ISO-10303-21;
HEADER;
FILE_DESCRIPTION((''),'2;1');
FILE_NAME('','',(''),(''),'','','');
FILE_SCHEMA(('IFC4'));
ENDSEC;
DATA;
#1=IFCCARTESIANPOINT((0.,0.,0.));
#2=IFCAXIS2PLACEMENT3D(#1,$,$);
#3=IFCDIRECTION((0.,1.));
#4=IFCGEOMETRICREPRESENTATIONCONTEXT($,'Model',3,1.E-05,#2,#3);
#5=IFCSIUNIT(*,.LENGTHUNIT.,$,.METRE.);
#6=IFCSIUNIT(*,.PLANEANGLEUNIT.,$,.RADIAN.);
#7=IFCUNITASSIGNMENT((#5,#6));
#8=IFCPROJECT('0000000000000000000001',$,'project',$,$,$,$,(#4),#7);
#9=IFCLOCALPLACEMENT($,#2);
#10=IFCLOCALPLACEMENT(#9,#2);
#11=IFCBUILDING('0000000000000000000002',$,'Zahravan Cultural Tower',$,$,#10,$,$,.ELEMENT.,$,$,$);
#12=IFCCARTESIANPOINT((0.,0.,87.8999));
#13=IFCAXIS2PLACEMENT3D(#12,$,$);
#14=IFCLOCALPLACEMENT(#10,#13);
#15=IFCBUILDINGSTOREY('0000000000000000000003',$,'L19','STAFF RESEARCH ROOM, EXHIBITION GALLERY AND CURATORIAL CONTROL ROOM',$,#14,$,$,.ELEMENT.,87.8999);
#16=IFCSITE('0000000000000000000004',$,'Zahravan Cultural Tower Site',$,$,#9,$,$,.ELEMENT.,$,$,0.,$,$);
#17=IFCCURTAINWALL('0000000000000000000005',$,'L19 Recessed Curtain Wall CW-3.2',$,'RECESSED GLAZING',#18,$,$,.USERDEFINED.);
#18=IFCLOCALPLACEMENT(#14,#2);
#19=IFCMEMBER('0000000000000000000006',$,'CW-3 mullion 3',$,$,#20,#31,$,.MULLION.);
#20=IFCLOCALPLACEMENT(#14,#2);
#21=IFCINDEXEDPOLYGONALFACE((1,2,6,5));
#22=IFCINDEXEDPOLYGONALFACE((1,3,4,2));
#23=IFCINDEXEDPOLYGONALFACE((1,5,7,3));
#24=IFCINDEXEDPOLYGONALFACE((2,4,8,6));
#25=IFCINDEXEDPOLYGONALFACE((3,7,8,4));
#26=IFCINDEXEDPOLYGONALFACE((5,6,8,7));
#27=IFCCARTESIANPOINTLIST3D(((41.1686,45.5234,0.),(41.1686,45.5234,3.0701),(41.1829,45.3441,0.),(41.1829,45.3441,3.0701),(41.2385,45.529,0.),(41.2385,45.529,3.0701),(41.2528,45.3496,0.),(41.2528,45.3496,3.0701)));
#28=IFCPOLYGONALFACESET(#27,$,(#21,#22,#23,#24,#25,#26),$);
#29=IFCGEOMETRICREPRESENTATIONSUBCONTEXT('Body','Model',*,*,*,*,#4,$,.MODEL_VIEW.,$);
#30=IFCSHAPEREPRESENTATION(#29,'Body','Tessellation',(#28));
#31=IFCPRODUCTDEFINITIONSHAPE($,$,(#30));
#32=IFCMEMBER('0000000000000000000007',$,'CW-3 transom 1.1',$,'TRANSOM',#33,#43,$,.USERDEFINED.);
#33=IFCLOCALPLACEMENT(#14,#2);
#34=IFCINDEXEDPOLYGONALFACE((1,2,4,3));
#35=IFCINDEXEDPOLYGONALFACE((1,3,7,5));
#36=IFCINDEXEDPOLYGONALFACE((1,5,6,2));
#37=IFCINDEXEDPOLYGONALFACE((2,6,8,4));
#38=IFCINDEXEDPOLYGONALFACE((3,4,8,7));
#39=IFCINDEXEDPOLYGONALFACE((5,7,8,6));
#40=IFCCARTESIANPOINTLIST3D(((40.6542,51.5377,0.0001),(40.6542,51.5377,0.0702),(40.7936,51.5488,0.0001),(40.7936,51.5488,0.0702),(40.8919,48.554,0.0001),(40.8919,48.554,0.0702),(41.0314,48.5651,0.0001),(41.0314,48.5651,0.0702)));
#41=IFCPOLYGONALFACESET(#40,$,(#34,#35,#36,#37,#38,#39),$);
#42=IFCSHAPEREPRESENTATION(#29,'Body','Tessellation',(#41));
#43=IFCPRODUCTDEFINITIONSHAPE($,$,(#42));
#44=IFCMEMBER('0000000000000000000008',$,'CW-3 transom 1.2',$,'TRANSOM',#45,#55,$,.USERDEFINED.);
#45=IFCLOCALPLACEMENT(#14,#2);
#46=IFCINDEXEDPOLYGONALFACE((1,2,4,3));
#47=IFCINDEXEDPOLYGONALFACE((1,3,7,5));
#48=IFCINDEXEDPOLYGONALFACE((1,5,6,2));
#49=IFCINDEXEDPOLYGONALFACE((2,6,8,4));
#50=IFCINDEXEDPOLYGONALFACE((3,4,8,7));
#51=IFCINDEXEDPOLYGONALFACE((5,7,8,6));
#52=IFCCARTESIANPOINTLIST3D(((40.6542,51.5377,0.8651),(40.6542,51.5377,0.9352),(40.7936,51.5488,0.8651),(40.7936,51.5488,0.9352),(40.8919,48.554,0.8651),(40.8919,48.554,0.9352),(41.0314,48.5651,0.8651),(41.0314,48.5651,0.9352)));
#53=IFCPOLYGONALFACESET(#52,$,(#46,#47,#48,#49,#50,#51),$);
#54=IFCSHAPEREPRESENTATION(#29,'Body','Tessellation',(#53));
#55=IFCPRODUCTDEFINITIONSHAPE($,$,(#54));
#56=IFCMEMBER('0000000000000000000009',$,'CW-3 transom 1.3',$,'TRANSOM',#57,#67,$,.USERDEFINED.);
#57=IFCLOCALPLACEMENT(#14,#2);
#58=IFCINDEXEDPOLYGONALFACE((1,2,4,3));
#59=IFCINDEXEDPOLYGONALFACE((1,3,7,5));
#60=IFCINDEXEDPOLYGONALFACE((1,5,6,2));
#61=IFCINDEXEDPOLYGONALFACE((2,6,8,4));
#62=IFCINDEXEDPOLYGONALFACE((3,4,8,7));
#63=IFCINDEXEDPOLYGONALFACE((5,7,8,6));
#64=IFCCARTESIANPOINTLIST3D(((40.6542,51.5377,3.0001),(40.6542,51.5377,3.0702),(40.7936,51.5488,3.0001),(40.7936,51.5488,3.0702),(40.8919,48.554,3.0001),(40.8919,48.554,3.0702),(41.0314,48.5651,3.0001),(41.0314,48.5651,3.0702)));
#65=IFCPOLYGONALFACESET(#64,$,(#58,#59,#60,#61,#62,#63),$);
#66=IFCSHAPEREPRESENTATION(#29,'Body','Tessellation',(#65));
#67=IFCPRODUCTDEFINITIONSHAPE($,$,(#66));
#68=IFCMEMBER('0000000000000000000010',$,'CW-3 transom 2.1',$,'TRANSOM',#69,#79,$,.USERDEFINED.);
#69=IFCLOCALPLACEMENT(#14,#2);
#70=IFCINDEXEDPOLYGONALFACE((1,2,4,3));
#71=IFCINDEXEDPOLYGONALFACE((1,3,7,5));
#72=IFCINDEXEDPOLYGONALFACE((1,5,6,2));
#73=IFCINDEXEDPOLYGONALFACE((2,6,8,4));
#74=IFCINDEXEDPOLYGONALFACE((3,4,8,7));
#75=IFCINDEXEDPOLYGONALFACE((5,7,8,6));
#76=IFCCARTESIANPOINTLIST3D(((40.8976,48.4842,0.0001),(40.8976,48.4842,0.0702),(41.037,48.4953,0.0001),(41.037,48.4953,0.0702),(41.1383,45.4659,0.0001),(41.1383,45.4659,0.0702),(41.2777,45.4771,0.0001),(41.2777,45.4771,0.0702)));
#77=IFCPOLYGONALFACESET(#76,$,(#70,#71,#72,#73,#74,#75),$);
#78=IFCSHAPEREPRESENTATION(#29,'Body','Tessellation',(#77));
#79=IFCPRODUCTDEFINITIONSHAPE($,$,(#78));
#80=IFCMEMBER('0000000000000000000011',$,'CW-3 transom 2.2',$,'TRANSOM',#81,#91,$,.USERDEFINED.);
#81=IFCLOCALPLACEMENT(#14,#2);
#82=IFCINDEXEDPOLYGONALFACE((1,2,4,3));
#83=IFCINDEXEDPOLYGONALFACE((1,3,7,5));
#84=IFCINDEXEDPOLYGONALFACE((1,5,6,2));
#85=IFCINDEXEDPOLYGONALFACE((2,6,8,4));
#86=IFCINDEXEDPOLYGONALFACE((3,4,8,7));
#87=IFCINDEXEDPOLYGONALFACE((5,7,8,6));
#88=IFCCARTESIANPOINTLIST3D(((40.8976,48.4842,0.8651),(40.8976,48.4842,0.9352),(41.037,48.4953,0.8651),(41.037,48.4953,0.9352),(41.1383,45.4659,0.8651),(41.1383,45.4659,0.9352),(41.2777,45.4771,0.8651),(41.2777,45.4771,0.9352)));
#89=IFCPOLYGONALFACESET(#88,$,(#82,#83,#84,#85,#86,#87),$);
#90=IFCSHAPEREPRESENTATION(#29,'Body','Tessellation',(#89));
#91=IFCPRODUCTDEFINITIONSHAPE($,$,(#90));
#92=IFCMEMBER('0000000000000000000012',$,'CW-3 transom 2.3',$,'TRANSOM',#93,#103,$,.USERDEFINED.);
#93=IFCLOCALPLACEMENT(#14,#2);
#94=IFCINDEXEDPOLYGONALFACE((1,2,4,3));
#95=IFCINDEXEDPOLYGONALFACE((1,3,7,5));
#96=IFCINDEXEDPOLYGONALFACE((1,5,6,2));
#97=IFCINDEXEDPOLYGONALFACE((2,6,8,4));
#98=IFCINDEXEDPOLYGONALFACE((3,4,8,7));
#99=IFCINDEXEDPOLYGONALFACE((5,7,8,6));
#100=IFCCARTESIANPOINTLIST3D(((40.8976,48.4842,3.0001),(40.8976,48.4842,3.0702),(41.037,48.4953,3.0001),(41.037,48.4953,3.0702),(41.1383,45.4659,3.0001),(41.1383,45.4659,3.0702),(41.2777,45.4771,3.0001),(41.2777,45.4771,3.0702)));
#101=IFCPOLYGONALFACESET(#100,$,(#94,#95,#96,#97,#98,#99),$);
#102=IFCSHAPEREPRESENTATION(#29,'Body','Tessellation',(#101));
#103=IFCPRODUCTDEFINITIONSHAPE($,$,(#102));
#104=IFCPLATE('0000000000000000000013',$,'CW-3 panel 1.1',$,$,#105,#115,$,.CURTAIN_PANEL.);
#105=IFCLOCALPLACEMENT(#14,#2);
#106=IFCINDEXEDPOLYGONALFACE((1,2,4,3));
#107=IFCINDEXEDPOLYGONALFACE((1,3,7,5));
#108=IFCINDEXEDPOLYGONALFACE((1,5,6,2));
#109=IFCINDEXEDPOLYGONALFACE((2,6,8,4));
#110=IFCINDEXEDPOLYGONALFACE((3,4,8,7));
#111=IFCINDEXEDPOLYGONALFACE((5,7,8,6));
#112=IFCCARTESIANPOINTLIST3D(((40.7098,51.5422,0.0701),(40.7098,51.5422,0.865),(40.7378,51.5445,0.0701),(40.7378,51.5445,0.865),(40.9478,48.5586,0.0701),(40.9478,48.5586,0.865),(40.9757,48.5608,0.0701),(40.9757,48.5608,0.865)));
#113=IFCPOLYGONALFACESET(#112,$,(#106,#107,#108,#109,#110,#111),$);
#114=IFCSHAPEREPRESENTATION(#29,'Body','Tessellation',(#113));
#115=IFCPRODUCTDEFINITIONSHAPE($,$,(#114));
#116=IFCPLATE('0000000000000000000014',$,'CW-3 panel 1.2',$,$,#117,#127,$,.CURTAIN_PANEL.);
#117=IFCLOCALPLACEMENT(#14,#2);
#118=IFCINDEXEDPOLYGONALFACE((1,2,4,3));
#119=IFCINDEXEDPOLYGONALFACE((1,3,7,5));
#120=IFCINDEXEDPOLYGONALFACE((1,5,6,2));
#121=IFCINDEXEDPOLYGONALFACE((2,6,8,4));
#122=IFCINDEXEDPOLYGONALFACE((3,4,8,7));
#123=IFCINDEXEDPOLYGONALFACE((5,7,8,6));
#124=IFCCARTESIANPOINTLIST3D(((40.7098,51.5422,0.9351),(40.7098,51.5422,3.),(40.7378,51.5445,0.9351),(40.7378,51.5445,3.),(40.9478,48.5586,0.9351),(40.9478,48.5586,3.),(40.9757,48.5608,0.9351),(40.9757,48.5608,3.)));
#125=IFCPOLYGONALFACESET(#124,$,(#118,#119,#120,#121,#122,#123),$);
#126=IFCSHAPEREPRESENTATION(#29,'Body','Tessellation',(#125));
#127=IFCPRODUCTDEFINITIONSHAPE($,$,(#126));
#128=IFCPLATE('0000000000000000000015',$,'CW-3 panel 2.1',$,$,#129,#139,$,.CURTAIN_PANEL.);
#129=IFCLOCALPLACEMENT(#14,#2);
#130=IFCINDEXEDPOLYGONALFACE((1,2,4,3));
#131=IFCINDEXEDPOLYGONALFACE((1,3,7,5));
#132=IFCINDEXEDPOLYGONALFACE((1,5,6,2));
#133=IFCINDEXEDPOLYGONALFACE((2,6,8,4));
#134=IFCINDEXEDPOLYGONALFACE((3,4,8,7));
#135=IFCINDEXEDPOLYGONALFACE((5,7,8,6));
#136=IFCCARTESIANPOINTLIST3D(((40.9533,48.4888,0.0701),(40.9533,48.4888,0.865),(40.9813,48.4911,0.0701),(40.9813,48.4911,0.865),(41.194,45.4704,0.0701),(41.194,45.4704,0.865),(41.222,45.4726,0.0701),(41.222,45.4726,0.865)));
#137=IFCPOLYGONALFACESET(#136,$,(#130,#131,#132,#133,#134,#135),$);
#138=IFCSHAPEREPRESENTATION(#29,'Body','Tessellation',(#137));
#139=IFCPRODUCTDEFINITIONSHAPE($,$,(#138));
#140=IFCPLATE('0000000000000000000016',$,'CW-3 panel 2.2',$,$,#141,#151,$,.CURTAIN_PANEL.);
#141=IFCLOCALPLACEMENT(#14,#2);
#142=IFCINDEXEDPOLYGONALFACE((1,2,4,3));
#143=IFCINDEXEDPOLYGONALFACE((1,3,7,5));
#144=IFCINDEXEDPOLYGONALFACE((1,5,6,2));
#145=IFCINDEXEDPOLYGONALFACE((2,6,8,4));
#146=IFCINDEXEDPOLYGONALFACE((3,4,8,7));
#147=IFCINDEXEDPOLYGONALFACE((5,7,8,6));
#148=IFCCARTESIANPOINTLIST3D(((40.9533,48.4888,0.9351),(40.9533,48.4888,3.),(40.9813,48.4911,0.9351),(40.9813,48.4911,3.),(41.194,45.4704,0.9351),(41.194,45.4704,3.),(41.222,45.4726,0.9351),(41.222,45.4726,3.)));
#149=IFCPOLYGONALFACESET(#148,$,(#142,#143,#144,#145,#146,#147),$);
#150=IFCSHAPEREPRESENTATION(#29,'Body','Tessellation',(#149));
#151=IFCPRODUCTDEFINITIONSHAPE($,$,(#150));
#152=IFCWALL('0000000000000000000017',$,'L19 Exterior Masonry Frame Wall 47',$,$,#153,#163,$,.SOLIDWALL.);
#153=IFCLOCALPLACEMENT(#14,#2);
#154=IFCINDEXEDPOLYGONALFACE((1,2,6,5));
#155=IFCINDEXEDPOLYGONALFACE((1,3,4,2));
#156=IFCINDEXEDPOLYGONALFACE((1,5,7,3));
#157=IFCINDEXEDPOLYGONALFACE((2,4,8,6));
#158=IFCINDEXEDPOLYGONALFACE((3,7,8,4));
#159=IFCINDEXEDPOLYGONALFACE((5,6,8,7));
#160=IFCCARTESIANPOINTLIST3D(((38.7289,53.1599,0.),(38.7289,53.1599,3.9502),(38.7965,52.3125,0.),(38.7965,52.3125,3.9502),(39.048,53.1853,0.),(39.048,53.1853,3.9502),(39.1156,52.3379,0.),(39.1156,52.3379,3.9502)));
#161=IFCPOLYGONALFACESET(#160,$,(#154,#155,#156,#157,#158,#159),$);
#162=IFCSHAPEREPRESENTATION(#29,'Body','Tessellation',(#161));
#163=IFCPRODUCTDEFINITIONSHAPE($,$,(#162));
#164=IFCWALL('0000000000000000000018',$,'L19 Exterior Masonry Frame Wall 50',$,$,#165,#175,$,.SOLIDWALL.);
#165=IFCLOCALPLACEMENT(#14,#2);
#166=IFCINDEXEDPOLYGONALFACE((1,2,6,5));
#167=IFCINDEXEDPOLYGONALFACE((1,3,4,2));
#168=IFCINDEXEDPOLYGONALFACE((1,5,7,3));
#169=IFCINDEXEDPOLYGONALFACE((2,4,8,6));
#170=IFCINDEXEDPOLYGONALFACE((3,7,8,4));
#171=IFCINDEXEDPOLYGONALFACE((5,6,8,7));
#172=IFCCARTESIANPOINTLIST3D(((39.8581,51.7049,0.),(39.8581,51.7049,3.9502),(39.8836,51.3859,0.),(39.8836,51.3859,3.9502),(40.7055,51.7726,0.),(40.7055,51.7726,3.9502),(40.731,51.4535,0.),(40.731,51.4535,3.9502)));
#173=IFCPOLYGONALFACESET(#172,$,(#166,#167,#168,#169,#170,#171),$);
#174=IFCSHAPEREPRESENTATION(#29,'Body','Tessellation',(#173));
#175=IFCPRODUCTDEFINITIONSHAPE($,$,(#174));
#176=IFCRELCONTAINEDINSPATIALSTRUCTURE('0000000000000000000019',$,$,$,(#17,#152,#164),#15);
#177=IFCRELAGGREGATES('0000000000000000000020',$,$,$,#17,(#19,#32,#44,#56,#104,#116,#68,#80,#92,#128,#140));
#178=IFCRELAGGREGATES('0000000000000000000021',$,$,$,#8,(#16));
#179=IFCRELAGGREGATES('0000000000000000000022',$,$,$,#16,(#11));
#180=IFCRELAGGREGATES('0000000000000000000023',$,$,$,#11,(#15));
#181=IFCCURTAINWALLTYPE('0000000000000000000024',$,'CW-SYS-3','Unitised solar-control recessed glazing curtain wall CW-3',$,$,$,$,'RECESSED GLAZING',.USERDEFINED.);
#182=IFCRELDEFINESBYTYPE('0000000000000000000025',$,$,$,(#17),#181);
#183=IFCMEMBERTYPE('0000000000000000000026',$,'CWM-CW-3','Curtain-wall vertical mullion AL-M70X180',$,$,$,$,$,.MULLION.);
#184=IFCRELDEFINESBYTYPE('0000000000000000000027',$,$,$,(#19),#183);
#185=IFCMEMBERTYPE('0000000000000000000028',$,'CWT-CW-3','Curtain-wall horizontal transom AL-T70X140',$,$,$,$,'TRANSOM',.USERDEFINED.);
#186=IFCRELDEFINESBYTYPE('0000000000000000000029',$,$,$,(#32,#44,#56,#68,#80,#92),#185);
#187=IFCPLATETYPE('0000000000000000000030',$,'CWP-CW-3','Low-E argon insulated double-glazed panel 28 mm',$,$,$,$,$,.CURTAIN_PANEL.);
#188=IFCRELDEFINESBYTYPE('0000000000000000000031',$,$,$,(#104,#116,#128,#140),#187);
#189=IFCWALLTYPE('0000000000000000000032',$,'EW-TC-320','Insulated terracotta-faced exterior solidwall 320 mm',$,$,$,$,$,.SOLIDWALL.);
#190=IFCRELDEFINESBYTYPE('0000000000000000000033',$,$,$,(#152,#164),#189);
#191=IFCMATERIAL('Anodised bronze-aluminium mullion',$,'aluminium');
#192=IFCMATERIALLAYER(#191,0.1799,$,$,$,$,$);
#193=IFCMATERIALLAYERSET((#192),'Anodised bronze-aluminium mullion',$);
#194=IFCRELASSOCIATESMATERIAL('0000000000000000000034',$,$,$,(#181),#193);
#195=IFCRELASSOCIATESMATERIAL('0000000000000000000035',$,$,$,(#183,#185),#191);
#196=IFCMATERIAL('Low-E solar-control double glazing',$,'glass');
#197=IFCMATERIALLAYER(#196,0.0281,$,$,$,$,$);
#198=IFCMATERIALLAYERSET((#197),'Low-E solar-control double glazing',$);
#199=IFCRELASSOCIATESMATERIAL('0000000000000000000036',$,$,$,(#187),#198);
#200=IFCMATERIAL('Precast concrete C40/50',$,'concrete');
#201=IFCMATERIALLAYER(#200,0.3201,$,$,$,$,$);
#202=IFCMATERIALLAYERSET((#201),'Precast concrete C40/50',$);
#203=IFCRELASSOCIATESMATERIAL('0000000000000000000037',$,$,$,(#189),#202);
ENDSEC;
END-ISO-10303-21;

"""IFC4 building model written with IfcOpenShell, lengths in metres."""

from ifc_helpers import new_model, si_unit, direction, frame, frame_2d, origin, origin_2d, place, context, subcontext, project, spatial, rectangle, extrude, source, transform, mapped, material, layer, layer_set, material_profile, profile_set, type_object, element, aggregate, save


model = new_model("IFC4")

# Units and contexts
model_context = context("Model", 3, precision=1e-05, world=origin(), true_north=direction((0.0, 1.0)))
body_context = subcontext(model_context, "Body", "Model", "MODEL_VIEW")
ifc_project = project(units=[si_unit("LENGTHUNIT", "METRE"), si_unit("PLANEANGLEUNIT", "RADIAN")], contexts=[model_context])

# Site, building, storey
site_placement = place(None, origin())
site = spatial("IfcSite", under=ifc_project, at=site_placement, Name="Zahravan Cultural Tower Site", CompositionType="ELEMENT", RefElevation=0.0)
building_placement = place(site_placement, origin())
building = spatial("IfcBuilding", under=site, at=building_placement, Name="Zahravan Cultural Tower", CompositionType="ELEMENT")
storey_placement = place(building_placement, frame((0.0, 0.0, 87.8999)))
storey = spatial("IfcBuildingStorey", under=building, at=storey_placement, Name="L19", Description="STAFF RESEARCH ROOM, EXHIBITION GALLERY AND CURATORIAL CONTROL ROOM", CompositionType="ELEMENT", Elevation=87.8999)

# Curtain wall, members, plates
ifc_material_1 = material(Name="Anodised bronze-aluminium mullion", Category="aluminium")
ifc_layer_1 = layer(ifc_material_1, 0.1799)
ifc_layer_set_1 = layer_set([ifc_layer_1], Name="Anodised bronze-aluminium mullion")
curtain_wall_type = type_object("IfcCurtainWallType", Name="CW-SYS-3", Description="Unitised solar-control recessed glazing curtain wall CW-3", ElementType="RECESSED GLAZING", PredefinedType="USERDEFINED", material=ifc_layer_set_1)
curtain_wall_placement = place(storey_placement, origin())
curtain_wall = element("IfcCurtainWall", 1, at=curtain_wall_placement, inside=storey, type_object=curtain_wall_type, Name="L19 Recessed Curtain Wall CW-3.2", ObjectType="RECESSED GLAZING", PredefinedType="USERDEFINED")
ifc_material_profile_1 = material_profile(ifc_material_1, rectangle(XDim=0.0701, YDim=0.1799, at=origin_2d()), Name="AL-M70X180")
ifc_profile_set_1 = profile_set([ifc_material_profile_1], Name="Anodised bronze-aluminium mullion")
member_type_1 = type_object("IfcMemberType", Name="CWM-CW-3", Description="Curtain-wall vertical mullion AL-M70X180", PredefinedType="MULLION", material=ifc_profile_set_1)
shared_shape_1 = source(origin(), body_context, "Body", "SweptSolid", [
    extrude(rectangle(XDim=0.0701, YDim=0.1799, at=origin_2d()), origin(), (0.0, 0.0, 1.0), 3.0701),
])
member_1_placement = place(storey_placement, frame((41.2107, 45.4365, 0.0), z_axis=(0.0, 0.0, 1.0), x_axis=(0.996835, 0.079501, 0.0)))
member_1 = element("IfcMember", 2, at=member_1_placement, type_object=member_type_1, Name="CW-3 mullion 3", PredefinedType="MULLION", context=body_context, shape_type="MappedRepresentation", body=[
    mapped(shared_shape_1, transform((0.0, 0.0, 0.0), x_axis=(1.0, 0.0, 0.0), y_axis=(0.0, 1.0, 0.0), z_axis=(0.0, 0.0, 1.0), scale=1.0)),
])
ifc_material_profile_2 = material_profile(ifc_material_1, rectangle(XDim=0.1399, YDim=0.0701, at=origin_2d()), Name="AL-T70X140")
ifc_profile_set_2 = profile_set([ifc_material_profile_2], Name="Anodised bronze-aluminium mullion")
member_type_2 = type_object("IfcMemberType", Name="CWT-CW-3", Description="Curtain-wall horizontal transom AL-T70X140", ElementType="TRANSOM", PredefinedType="USERDEFINED", material=ifc_profile_set_2)
shared_shape_2 = source(origin(), body_context, "Body", "SweptSolid", [
    extrude(rectangle(XDim=0.1399, YDim=0.0701, at=origin_2d()), origin(), (0.0, 0.0, 1.0), 2.9932),
])
member_2_placement = place(storey_placement, frame((40.7239, 51.5432, 0.0352), z_axis=(0.079447, -0.996839, 0.0), x_axis=(0.996839, 0.079447, 0.0)))
member_2 = element("IfcMember", 3, at=member_2_placement, type_object=member_type_2, Name="CW-3 transom 1.1", ObjectType="TRANSOM", PredefinedType="USERDEFINED", context=body_context, shape_type="MappedRepresentation", body=[
    mapped(shared_shape_2, transform((0.0, 0.0, 0.0), x_axis=(1.0, 0.0, 0.0), y_axis=(0.0, 1.0, 0.0), z_axis=(0.0, 0.0, 1.0), scale=1.0)),
])
member_3_placement = place(storey_placement, frame((40.7239, 51.5432, 0.9001), z_axis=(0.079447, -0.996839, 0.0), x_axis=(0.996839, 0.079447, 0.0)))
member_3 = element("IfcMember", 4, at=member_3_placement, type_object=member_type_2, Name="CW-3 transom 1.2", ObjectType="TRANSOM", PredefinedType="USERDEFINED", context=body_context, shape_type="MappedRepresentation", body=[
    mapped(shared_shape_2, transform((0.0, 0.0, 0.0), x_axis=(1.0, 0.0, 0.0), y_axis=(0.0, 1.0, 0.0), z_axis=(0.0, 0.0, 1.0), scale=1.0)),
])
member_4_placement = place(storey_placement, frame((40.7239, 51.5432, 3.0352), z_axis=(0.079447, -0.996839, 0.0), x_axis=(0.996839, 0.079447, 0.0)))
member_4 = element("IfcMember", 5, at=member_4_placement, type_object=member_type_2, Name="CW-3 transom 1.3", ObjectType="TRANSOM", PredefinedType="USERDEFINED", context=body_context, shape_type="MappedRepresentation", body=[
    mapped(shared_shape_2, transform((0.0, 0.0, 0.0), x_axis=(1.0, 0.0, 0.0), y_axis=(0.0, 1.0, 0.0), z_axis=(0.0, 0.0, 1.0), scale=1.0)),
])
shared_shape_3 = source(origin(), body_context, "Body", "SweptSolid", [
    extrude(rectangle(XDim=0.1399, YDim=0.0701, at=origin_2d()), origin(), (0.0, 0.0, 1.0), 3.0278),
])
member_5_placement = place(storey_placement, frame((40.9673, 48.4897, 0.0352), z_axis=(0.079502, -0.996835, 0.0), x_axis=(0.996835, 0.079502, 0.0)))
member_5 = element("IfcMember", 6, at=member_5_placement, type_object=member_type_2, Name="CW-3 transom 2.1", ObjectType="TRANSOM", PredefinedType="USERDEFINED", context=body_context, shape_type="MappedRepresentation", body=[
    mapped(shared_shape_3, transform((0.0, 0.0, 0.0), x_axis=(1.0, 0.0, 0.0), y_axis=(0.0, 1.0, 0.0), z_axis=(0.0, 0.0, 1.0), scale=1.0)),
])
member_6_placement = place(storey_placement, frame((40.9673, 48.4897, 0.9001), z_axis=(0.079502, -0.996835, 0.0), x_axis=(0.996835, 0.079502, 0.0)))
member_6 = element("IfcMember", 7, at=member_6_placement, type_object=member_type_2, Name="CW-3 transom 2.2", ObjectType="TRANSOM", PredefinedType="USERDEFINED", context=body_context, shape_type="MappedRepresentation", body=[
    mapped(shared_shape_3, transform((0.0, 0.0, 0.0), x_axis=(1.0, 0.0, 0.0), y_axis=(0.0, 1.0, 0.0), z_axis=(0.0, 0.0, 1.0), scale=1.0)),
])
member_7_placement = place(storey_placement, frame((40.9673, 48.4897, 3.0352), z_axis=(0.079502, -0.996835, 0.0), x_axis=(0.996835, 0.079502, 0.0)))
member_7 = element("IfcMember", 8, at=member_7_placement, type_object=member_type_2, Name="CW-3 transom 2.3", ObjectType="TRANSOM", PredefinedType="USERDEFINED", context=body_context, shape_type="MappedRepresentation", body=[
    mapped(shared_shape_3, transform((0.0, 0.0, 0.0), x_axis=(1.0, 0.0, 0.0), y_axis=(0.0, 1.0, 0.0), z_axis=(0.0, 0.0, 1.0), scale=1.0)),
])
ifc_material_2 = material(Name="Low-E solar-control double glazing", Category="glass")
ifc_layer_2 = layer(ifc_material_2, 0.0281)
ifc_layer_set_2 = layer_set([ifc_layer_2], Name="Low-E solar-control double glazing")
plate_type = type_object("IfcPlateType", Name="CWP-CW-3", Description="Low-E argon insulated double-glazed panel 28 mm", PredefinedType="CURTAIN_PANEL", material=ifc_layer_set_2)
shared_shape_4 = source(origin(), body_context, "Body", "SweptSolid", [
    extrude(rectangle(XDim=2.9932, YDim=0.0281, at=origin_2d()), origin(), (0.0, 0.0, 1.0), 0.7949),
])
plate_1_placement = place(storey_placement, frame((40.8428, 50.0515, 0.0701), z_axis=(0.0, 0.0, 1.0), x_axis=(0.079501, -0.996835, 0.0)))
plate_1 = element("IfcPlate", 9, at=plate_1_placement, type_object=plate_type, Name="CW-3 panel 1.1", PredefinedType="CURTAIN_PANEL", context=body_context, shape_type="MappedRepresentation", body=[
    mapped(shared_shape_4, transform((0.0, 0.0, 0.0), x_axis=(1.0, 0.0, 0.0), y_axis=(0.0, 1.0, 0.0), z_axis=(0.0, 0.0, 1.0), scale=1.0)),
])
shared_shape_5 = source(origin(), body_context, "Body", "SweptSolid", [
    extrude(rectangle(XDim=2.9932, YDim=0.0281, at=origin_2d()), origin(), (0.0, 0.0, 1.0), 2.0649),
])
plate_2_placement = place(storey_placement, frame((40.8428, 50.0515, 0.9351), z_axis=(0.0, 0.0, 1.0), x_axis=(0.079501, -0.996835, 0.0)))
plate_2 = element("IfcPlate", 10, at=plate_2_placement, type_object=plate_type, Name="CW-3 panel 1.2", PredefinedType="CURTAIN_PANEL", context=body_context, shape_type="MappedRepresentation", body=[
    mapped(shared_shape_5, transform((0.0, 0.0, 0.0), x_axis=(1.0, 0.0, 0.0), y_axis=(0.0, 1.0, 0.0), z_axis=(0.0, 0.0, 1.0), scale=1.0)),
])
shared_shape_6 = source(origin(), body_context, "Body", "SweptSolid", [
    extrude(rectangle(XDim=3.0281, YDim=0.0281, at=origin_2d()), origin(), (0.0, 0.0, 1.0), 0.7949),
])
plate_3_placement = place(storey_placement, frame((41.0876, 46.9807, 0.0701), z_axis=(0.0, 0.0, 1.0), x_axis=(0.079501, -0.996835, 0.0)))
plate_3 = element("IfcPlate", 11, at=plate_3_placement, type_object=plate_type, Name="CW-3 panel 2.1", PredefinedType="CURTAIN_PANEL", context=body_context, shape_type="MappedRepresentation", body=[
    mapped(shared_shape_6, transform((0.0, 0.0, 0.0), x_axis=(1.0, 0.0, 0.0), y_axis=(0.0, 1.0, 0.0), z_axis=(0.0, 0.0, 1.0), scale=1.0)),
])
shared_shape_7 = source(origin(), body_context, "Body", "SweptSolid", [
    extrude(rectangle(XDim=3.0281, YDim=0.0281, at=origin_2d()), origin(), (0.0, 0.0, 1.0), 2.0649),
])
plate_4_placement = place(storey_placement, frame((41.0876, 46.9807, 0.9351), z_axis=(0.0, 0.0, 1.0), x_axis=(0.079501, -0.996835, 0.0)))
plate_4 = element("IfcPlate", 12, at=plate_4_placement, type_object=plate_type, Name="CW-3 panel 2.2", PredefinedType="CURTAIN_PANEL", context=body_context, shape_type="MappedRepresentation", body=[
    mapped(shared_shape_7, transform((0.0, 0.0, 0.0), x_axis=(1.0, 0.0, 0.0), y_axis=(0.0, 1.0, 0.0), z_axis=(0.0, 0.0, 1.0), scale=1.0)),
])
aggregate(curtain_wall, [member_1, member_2, member_3, member_4, plate_1, plate_2, member_5, member_6, member_7, plate_3, plate_4])

# Walls
ifc_material_3 = material(Name="Precast concrete C40/50", Category="concrete")
ifc_layer_3 = layer(ifc_material_3, 0.3201)
ifc_layer_set_3 = layer_set([ifc_layer_3], Name="Precast concrete C40/50")
wall_type_1 = type_object("IfcWallType", Name="EW-TC-320", Description="Insulated terracotta-faced exterior solidwall 320 mm", PredefinedType="SOLIDWALL", material=ifc_layer_set_3)
shared_shape_8 = source(origin(), body_context, "Body", "SweptSolid", [
    extrude(rectangle(XDim=0.8501, YDim=0.3201, at=frame_2d((0.425, 0.0))), origin(), (0.0, 0.0, 1.0), 3.9502),
])
for number, where, z_axis, x_axis, name in (
    (13, (38.8884, 53.1726, 0.0), (0.0, 0.0, 1.0), (0.079551, -0.996831, 0.0), "L19 Exterior Masonry Frame Wall 47"),
    (14, (39.8708, 51.5454, 0.0), (0.0, 0.0, 1.0), (0.996831, 0.079551, 0.0), "L19 Exterior Masonry Frame Wall 50"),
):
    element("IfcWall", number, at=place(storey_placement, frame(where, z_axis=z_axis, x_axis=x_axis)), inside=storey, type_object=wall_type_1, Name=name, PredefinedType="SOLIDWALL", context=body_context, shape_type="MappedRepresentation", body=[
        mapped(shared_shape_8, transform((0.0, 0.0, 0.0), x_axis=(1.0, 0.0, 0.0), y_axis=(0.0, 1.0, 0.0), z_axis=(0.0, 0.0, 1.0), scale=1.0)),
    ])

save(model, "model.ifc")
